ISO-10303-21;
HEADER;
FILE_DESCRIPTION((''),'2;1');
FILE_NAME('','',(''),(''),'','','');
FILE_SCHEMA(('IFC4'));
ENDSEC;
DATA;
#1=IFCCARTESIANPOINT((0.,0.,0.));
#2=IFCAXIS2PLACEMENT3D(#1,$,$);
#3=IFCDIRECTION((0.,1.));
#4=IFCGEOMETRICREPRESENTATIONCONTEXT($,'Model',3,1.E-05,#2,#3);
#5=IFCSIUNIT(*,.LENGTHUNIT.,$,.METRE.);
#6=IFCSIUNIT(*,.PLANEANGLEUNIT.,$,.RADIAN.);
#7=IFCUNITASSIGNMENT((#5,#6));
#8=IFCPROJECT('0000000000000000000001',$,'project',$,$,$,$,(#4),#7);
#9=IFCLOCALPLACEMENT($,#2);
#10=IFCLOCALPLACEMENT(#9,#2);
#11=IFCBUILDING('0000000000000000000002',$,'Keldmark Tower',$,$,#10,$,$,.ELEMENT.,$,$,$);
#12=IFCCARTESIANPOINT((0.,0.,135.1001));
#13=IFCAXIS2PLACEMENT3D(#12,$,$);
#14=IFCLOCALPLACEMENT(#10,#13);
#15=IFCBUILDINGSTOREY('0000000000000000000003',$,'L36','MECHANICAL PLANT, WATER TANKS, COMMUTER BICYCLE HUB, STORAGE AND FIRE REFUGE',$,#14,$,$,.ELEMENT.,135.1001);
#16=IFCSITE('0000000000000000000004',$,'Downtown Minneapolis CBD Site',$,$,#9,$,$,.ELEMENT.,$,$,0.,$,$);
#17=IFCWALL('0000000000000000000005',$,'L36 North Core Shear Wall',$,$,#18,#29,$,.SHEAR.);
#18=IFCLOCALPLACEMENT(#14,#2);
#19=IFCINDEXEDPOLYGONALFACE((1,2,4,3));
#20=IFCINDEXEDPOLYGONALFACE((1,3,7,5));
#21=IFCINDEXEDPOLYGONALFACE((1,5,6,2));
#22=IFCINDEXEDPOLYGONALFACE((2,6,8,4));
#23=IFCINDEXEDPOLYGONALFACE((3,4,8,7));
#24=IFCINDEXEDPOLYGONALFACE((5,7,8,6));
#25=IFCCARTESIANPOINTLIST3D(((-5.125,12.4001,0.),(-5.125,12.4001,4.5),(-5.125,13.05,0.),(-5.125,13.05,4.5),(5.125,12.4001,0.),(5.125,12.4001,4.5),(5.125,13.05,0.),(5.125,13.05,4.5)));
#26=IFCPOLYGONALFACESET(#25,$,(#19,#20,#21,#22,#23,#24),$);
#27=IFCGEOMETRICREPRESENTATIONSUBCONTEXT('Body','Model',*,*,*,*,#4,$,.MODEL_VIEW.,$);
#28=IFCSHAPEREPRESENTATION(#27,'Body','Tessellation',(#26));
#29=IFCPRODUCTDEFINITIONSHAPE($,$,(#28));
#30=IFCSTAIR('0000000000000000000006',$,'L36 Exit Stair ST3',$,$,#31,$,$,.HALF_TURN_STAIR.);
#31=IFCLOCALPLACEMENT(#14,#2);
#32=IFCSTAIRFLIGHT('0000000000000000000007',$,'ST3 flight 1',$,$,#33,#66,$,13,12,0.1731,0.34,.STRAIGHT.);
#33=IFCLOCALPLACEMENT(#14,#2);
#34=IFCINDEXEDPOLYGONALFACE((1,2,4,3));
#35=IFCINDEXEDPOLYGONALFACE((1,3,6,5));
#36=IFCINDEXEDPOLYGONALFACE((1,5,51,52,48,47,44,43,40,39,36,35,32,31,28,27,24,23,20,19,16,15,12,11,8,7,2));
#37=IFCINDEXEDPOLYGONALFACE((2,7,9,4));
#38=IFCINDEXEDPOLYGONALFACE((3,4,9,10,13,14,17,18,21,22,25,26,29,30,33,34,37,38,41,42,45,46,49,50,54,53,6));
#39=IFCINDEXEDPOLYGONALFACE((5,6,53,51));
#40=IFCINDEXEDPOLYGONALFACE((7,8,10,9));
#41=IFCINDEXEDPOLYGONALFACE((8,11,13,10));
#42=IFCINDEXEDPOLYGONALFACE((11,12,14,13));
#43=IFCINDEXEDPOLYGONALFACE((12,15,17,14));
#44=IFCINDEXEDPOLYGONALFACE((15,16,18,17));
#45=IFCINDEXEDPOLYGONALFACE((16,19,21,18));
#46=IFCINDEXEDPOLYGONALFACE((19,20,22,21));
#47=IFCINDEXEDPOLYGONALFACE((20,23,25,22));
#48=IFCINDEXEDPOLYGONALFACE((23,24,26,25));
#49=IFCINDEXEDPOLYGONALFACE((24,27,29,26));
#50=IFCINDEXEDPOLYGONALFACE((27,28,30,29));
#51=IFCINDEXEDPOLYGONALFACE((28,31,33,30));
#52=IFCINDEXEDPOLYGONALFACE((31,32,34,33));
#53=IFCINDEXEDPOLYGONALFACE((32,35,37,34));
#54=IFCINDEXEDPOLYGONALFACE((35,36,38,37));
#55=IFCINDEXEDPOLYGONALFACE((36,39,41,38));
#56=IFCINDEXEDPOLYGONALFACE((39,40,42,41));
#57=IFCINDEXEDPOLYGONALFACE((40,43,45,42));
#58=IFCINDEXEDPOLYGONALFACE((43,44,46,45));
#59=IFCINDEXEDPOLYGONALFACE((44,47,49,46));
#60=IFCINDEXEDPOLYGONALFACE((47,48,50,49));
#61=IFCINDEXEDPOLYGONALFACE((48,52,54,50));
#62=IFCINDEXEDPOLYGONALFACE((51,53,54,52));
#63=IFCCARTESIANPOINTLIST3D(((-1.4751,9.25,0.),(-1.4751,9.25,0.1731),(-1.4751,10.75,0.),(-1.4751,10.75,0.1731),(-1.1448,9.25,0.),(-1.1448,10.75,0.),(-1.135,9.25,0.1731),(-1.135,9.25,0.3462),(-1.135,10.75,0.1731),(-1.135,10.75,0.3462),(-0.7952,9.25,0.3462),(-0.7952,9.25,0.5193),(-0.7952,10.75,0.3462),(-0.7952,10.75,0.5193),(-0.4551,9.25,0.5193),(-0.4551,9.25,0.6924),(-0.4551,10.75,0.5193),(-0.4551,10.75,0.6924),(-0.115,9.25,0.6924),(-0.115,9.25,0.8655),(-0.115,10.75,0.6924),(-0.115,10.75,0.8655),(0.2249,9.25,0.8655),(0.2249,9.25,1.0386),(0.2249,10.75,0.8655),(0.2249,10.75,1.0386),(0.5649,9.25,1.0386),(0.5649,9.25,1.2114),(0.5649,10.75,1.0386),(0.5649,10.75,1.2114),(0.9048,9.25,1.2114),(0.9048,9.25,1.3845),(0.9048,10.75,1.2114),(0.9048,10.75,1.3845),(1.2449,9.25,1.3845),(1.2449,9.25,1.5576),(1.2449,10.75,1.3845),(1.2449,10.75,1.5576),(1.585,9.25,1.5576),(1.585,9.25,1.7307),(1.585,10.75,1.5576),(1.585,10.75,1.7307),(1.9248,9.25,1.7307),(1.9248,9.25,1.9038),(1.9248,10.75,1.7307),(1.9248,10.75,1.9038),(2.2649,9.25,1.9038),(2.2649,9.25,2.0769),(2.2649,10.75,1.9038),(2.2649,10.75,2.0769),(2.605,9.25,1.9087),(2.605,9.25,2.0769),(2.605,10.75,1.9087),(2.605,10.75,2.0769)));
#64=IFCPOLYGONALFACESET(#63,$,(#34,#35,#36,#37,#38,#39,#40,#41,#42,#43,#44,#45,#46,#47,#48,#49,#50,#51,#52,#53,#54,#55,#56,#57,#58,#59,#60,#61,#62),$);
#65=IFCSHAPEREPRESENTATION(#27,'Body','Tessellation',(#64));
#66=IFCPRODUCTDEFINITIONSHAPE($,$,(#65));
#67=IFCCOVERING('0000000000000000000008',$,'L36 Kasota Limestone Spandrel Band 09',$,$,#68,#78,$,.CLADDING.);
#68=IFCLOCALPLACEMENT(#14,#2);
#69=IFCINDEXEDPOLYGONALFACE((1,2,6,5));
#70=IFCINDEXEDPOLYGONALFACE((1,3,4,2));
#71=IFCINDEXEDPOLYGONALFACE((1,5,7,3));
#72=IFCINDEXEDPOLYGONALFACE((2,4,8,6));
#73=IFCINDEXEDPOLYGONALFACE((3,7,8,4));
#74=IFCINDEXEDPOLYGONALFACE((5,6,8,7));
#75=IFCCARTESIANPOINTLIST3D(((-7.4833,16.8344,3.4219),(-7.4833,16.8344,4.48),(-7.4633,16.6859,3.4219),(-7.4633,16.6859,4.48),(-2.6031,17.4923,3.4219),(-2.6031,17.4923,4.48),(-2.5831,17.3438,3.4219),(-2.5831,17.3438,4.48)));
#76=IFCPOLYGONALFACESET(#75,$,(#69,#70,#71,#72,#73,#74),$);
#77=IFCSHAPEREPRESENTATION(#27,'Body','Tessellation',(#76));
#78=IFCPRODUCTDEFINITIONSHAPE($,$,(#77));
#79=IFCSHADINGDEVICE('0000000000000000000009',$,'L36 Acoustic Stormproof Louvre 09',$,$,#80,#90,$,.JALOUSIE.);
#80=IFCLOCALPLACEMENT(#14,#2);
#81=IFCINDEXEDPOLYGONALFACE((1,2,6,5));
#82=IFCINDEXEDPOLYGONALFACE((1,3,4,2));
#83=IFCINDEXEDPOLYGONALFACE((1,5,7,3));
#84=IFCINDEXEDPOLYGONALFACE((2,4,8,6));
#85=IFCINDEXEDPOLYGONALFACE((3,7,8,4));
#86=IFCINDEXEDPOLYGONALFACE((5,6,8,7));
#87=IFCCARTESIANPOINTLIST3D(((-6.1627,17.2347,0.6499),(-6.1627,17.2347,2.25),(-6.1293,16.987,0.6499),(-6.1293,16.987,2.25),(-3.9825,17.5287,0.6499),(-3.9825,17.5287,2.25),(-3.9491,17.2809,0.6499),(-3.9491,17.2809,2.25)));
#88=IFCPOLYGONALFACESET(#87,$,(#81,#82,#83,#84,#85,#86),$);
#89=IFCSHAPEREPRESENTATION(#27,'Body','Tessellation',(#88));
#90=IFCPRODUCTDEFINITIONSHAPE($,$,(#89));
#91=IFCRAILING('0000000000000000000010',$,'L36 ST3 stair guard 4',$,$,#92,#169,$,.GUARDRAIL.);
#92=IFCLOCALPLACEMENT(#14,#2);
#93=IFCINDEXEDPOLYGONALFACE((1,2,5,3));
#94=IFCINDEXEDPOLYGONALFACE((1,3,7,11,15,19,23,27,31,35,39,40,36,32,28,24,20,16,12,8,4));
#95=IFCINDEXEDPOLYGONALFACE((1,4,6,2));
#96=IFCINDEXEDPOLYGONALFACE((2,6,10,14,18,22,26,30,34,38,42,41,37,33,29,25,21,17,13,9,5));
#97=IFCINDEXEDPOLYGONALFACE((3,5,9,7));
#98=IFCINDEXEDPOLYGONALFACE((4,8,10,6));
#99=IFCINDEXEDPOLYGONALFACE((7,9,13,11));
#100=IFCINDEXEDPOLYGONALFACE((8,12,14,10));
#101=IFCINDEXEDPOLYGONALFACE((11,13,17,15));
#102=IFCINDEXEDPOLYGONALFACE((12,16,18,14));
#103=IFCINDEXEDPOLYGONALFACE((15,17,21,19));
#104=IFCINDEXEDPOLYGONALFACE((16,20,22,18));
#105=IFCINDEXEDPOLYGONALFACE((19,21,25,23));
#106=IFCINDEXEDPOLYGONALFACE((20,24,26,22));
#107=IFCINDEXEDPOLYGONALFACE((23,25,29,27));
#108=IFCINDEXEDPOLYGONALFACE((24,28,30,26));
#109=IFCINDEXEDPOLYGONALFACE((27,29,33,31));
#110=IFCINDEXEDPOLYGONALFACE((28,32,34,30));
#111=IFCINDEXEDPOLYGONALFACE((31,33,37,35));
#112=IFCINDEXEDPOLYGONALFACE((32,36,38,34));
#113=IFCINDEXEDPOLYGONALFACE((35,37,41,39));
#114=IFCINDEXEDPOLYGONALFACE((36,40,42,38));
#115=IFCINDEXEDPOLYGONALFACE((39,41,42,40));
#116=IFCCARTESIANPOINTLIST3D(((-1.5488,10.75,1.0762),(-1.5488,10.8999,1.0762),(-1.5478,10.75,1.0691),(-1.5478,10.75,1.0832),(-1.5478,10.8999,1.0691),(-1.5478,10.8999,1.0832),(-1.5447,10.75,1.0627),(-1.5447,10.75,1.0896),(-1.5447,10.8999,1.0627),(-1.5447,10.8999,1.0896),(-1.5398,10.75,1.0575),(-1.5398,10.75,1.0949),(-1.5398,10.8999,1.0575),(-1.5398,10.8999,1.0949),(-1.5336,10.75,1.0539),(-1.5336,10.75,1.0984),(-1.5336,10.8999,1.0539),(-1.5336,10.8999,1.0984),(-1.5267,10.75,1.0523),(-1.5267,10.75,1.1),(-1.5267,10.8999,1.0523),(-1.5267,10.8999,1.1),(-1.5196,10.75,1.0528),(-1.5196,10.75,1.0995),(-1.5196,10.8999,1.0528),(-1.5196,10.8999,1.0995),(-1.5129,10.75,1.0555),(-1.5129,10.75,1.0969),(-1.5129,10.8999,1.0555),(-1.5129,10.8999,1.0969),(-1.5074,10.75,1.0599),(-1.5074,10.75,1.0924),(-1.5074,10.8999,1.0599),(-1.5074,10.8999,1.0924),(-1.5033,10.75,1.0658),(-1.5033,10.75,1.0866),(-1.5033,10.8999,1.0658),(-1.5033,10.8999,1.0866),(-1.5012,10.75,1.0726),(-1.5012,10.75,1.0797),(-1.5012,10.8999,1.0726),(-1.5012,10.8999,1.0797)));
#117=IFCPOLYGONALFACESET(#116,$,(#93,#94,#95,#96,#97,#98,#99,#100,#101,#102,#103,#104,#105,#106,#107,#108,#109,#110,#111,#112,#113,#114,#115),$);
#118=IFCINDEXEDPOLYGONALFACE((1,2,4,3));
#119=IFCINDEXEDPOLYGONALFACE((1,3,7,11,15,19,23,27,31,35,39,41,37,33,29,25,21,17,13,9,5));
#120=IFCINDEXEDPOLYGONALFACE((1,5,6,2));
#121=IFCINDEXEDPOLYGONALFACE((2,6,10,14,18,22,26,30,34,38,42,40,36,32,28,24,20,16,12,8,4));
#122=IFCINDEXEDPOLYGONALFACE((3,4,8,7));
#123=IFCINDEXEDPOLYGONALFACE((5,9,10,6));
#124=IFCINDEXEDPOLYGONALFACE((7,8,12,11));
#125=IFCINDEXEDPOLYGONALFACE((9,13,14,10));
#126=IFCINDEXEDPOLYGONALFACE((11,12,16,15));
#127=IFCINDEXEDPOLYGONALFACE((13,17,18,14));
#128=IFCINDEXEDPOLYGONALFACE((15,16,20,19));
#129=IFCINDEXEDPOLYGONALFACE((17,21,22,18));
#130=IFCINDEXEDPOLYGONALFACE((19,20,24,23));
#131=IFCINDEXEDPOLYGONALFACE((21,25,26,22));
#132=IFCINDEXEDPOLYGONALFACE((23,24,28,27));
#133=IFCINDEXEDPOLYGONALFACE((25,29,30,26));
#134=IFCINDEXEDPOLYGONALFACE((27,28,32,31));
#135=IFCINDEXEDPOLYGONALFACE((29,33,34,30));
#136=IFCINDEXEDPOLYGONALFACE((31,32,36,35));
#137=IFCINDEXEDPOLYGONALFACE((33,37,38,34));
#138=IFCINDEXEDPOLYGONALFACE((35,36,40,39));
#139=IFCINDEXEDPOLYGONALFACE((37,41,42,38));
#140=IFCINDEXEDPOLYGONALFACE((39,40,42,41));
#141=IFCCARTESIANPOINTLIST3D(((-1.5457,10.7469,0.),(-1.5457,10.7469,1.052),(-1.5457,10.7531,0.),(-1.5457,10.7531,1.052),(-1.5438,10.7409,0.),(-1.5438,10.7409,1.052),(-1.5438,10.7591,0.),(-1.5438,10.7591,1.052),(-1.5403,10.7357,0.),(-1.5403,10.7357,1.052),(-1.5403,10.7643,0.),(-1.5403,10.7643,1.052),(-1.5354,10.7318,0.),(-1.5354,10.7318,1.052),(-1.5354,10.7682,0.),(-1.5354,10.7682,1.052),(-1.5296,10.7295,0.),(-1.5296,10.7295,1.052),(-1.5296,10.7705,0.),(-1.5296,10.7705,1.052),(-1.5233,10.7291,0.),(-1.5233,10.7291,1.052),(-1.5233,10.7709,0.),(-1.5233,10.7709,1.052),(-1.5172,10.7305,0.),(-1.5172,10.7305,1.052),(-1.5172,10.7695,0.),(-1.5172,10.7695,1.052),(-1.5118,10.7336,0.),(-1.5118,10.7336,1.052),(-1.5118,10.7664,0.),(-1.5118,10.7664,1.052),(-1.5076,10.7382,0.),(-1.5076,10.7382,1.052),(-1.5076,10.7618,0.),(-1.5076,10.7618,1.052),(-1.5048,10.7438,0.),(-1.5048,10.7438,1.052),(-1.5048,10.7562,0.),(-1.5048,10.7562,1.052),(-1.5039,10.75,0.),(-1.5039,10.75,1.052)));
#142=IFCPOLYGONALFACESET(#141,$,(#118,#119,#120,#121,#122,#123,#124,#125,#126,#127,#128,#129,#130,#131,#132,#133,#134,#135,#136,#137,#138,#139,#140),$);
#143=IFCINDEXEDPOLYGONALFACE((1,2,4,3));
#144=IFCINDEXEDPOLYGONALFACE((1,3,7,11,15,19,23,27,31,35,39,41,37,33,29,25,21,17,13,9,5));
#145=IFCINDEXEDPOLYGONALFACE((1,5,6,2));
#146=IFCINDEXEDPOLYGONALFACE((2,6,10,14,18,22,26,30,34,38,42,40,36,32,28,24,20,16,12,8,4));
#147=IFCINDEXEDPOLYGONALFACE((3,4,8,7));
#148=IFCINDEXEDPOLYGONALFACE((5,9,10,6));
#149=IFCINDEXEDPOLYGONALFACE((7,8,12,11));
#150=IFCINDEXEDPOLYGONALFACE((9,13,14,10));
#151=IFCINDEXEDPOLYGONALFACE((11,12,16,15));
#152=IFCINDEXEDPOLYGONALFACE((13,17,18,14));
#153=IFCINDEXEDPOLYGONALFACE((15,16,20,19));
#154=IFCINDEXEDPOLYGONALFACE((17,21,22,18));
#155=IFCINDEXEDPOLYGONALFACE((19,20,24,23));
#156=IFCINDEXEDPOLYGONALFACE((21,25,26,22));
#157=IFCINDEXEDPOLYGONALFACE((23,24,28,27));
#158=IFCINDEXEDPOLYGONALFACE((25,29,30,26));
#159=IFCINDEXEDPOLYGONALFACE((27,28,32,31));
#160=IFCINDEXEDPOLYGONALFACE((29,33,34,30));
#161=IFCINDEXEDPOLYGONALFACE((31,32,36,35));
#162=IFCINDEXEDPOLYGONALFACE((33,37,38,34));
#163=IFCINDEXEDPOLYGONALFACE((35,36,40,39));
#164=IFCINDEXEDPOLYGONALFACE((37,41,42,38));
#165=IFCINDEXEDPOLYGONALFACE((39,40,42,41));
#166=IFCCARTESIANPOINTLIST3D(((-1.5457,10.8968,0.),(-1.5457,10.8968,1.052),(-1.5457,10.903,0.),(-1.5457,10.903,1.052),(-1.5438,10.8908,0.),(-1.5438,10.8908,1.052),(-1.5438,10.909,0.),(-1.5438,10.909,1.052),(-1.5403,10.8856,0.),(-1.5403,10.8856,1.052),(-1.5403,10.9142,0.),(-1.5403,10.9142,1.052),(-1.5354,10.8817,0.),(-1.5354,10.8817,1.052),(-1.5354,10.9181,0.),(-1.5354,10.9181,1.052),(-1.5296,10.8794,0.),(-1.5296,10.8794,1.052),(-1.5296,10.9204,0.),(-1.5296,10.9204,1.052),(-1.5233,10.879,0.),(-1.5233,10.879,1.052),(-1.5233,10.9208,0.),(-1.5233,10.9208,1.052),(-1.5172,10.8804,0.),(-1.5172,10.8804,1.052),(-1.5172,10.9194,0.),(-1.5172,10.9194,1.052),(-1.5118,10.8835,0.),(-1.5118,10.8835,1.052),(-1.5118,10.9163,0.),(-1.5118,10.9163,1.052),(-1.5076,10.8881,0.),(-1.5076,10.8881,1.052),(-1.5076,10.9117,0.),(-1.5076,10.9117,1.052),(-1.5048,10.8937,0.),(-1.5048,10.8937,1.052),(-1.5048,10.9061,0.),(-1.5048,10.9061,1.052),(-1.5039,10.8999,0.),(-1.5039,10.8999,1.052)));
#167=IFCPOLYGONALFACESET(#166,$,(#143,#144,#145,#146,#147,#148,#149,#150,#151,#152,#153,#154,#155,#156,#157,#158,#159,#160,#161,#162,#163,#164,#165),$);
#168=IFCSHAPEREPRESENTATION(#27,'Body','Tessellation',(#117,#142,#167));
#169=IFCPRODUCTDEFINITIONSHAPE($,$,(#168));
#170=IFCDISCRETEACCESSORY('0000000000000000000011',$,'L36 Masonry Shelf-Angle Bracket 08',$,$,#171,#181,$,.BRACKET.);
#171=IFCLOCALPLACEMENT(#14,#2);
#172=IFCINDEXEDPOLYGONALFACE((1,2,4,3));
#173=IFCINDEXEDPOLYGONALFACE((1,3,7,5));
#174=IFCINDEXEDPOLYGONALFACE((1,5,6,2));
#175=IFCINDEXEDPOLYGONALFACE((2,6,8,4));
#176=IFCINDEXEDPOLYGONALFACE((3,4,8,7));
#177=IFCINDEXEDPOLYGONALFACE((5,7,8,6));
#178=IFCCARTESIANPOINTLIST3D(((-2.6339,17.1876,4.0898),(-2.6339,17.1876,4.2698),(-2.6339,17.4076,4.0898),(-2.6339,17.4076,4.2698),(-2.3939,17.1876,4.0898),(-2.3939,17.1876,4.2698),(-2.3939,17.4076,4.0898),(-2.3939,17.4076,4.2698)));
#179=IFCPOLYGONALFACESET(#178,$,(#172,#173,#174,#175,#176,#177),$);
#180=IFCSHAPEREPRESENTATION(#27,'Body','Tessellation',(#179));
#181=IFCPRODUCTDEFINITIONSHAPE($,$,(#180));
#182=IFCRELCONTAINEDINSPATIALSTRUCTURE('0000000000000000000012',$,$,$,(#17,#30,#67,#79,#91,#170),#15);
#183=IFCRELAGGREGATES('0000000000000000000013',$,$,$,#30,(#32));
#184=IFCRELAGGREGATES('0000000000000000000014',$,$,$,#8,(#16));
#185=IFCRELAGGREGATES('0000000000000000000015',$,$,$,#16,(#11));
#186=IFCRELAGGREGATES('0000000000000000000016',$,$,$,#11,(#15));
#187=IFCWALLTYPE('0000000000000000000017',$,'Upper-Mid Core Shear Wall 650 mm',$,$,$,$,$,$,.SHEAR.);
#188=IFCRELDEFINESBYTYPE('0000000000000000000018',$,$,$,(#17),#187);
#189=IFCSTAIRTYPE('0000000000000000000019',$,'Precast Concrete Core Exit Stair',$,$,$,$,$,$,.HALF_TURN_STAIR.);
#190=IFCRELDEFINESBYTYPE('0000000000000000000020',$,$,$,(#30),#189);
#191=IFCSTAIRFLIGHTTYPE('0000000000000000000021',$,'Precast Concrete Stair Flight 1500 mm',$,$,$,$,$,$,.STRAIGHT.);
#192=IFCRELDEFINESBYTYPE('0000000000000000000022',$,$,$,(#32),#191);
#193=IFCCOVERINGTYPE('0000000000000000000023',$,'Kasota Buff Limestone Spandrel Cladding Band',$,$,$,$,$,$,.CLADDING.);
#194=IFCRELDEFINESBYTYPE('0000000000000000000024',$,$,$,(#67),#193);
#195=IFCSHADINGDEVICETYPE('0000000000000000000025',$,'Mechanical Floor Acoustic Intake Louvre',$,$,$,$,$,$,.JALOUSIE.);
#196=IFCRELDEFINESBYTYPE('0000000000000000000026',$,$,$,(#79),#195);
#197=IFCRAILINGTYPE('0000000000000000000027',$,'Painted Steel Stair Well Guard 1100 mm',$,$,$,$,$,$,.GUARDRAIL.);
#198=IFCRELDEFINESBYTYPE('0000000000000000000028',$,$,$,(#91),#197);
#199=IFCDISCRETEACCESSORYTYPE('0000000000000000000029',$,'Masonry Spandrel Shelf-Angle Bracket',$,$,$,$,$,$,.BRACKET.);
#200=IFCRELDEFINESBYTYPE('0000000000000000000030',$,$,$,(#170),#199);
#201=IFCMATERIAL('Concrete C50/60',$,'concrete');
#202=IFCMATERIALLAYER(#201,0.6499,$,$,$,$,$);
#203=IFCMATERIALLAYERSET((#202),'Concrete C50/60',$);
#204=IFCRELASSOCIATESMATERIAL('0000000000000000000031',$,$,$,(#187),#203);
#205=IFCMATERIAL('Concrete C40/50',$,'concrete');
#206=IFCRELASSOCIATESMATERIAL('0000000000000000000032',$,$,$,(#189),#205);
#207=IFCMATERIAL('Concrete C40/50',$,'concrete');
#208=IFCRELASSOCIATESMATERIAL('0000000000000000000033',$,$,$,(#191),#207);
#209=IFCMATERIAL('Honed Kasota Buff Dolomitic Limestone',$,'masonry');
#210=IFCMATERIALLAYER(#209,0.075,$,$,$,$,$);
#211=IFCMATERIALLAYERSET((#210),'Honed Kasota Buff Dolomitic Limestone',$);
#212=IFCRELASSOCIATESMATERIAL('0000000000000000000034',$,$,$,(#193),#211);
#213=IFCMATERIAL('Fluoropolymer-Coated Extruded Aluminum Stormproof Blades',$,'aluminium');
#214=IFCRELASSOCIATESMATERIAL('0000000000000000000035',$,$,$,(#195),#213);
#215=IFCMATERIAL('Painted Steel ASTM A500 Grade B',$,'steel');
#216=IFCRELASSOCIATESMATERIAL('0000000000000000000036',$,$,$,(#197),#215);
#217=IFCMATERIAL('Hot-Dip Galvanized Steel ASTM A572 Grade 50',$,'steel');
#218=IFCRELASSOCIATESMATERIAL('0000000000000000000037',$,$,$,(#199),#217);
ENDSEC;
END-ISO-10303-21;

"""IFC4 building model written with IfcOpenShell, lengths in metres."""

from ifc_helpers import new_model, si_unit, direction, frame, frame_2d, origin, origin_2d, place, context, subcontext, project, spatial, polyline, rectangle, circle, outline, extrude, material, layer, layer_set, type_object, element, aggregate, save


model = new_model("IFC4")

# Units and contexts
model_context = context("Model", 3, precision=1e-05, world=origin(), true_north=direction((0.0, 1.0)))
body_context = subcontext(model_context, "Body", "Model", "MODEL_VIEW")
ifc_project = project(units=[si_unit("LENGTHUNIT", "METRE"), si_unit("PLANEANGLEUNIT", "RADIAN")], contexts=[model_context])

# Site, building, storey
site_placement = place(None, origin())
site = spatial("IfcSite", under=ifc_project, at=site_placement, Name="Downtown Minneapolis CBD Site", CompositionType="ELEMENT", RefElevation=0.0)
building_placement = place(site_placement, origin())
building = spatial("IfcBuilding", under=site, at=building_placement, Name="Keldmark Tower", CompositionType="ELEMENT")
storey_placement = place(building_placement, frame((0.0, 0.0, 135.1001)))
storey = spatial("IfcBuildingStorey", under=building, at=storey_placement, Name="L36", Description="MECHANICAL PLANT, WATER TANKS, COMMUTER BICYCLE HUB, STORAGE AND FIRE REFUGE", CompositionType="ELEMENT", Elevation=135.1001)

# Wall
ifc_material_1 = material(Name="Concrete C50/60", Category="concrete")
ifc_layer_1 = layer(ifc_material_1, 0.6499)
ifc_layer_set_1 = layer_set([ifc_layer_1], Name="Concrete C50/60")
wall_type_1 = type_object("IfcWallType", Name="Upper-Mid Core Shear Wall 650 mm", PredefinedType="SHEAR", material=ifc_layer_set_1)
wall_1_placement = place(storey_placement, frame((-5.125, 12.7251, 0.0), z_axis=(0.0, 0.0, 1.0), x_axis=(1.0, 0.0, 0.0)))
element("IfcWall", 1, at=wall_1_placement, inside=storey, type_object=wall_type_1, Name="L36 North Core Shear Wall", PredefinedType="SHEAR", context=body_context, shape_type="SweptSolid", body=[
    extrude(rectangle(XDim=10.25, YDim=0.6499, at=frame_2d((5.125, 0.0))), origin(), (0.0, 0.0, 1.0), 4.5),
])

# Stair, stair flight
ifc_material_2 = material(Name="Concrete C40/50", Category="concrete")
stair_type = type_object("IfcStairType", Name="Precast Concrete Core Exit Stair", PredefinedType="HALF_TURN_STAIR", material=ifc_material_2)
stair_placement = place(storey_placement, origin())
stair = element("IfcStair", 2, at=stair_placement, inside=storey, type_object=stair_type, Name="L36 Exit Stair ST3", PredefinedType="HALF_TURN_STAIR")
ifc_material_3 = material(Name="Concrete C40/50", Category="concrete")
stair_flight_type = type_object("IfcStairFlightType", Name="Precast Concrete Stair Flight 1500 mm", PredefinedType="STRAIGHT", material=ifc_material_3)
stair_flight_placement = place(storey_placement, frame((-1.4751, 10.0, 0.0), z_axis=(0.0, 0.0, 1.0), x_axis=(1.0, 0.0, 0.0)))
stair_flight = element("IfcStairFlight", 3, at=stair_flight_placement, type_object=stair_flight_type, Name="ST3 flight 1", NumberOfRisers=13, NumberOfTreads=12, PredefinedType="STRAIGHT", RiserHeight=0.1731, TreadLength=0.34, context=body_context, shape_type="SweptSolid", body=[
    extrude(outline(polyline([(0.0, 0.0), (0.0, 0.1731), (0.3401, 0.1731), (0.3401, 0.3462), (0.6799, 0.3462), (0.6799, 0.5193), (1.02, 0.5193), (1.02, 0.6924), (1.3601, 0.6924), (1.3601, 0.8655), (1.7, 0.8655), (1.7, 1.0386), (2.04, 1.0386), (2.04, 1.2114), (2.3799, 1.2114), (2.3799, 1.3845), (2.72, 1.3845), (2.72, 1.5576), (3.0601, 1.5576), (3.0601, 1.7307), (3.3999, 1.7307), (3.3999, 1.9038), (3.74, 1.9038), (3.74, 2.0769), (4.0801, 2.0769), (4.0801, 2.25), (4.0801, 1.9087), (0.3303, 0.0), (0.0, 0.0)])), frame((0.0, 0.75, 0.0), z_axis=(0.0, -1.0, 0.0), x_axis=(1.0, 0.0, 0.0)), (0.0, 0.0, 1.0), 1.5),
])
aggregate(stair, [stair_flight])

# Covering
ifc_material_4 = material(Name="Honed Kasota Buff Dolomitic Limestone", Category="masonry")
ifc_layer_2 = layer(ifc_material_4, 0.075)
ifc_layer_set_2 = layer_set([ifc_layer_2], Name="Honed Kasota Buff Dolomitic Limestone")
covering_type = type_object("IfcCoveringType", Name="Kasota Buff Limestone Spandrel Cladding Band", PredefinedType="CLADDING", material=ifc_layer_set_2)
covering_placement = place(storey_placement, frame((-5.0332, 17.0891, 3.4219), z_axis=(0.0, 0.0, 1.0), x_axis=(-0.991035, -0.133606, 0.0)))
element("IfcCovering", 4, at=covering_placement, inside=storey, type_object=covering_type, Name="L36 Kasota Limestone Spandrel Band 09", PredefinedType="CLADDING", context=body_context, shape_type="SweptSolid", body=[
    extrude(rectangle(XDim=4.9243, YDim=0.1499, at=origin_2d()), origin(), (0.0, 0.0, 1.0), 1.0581),
])

# Shading device
ifc_material_5 = material(Name="Fluoropolymer-Coated Extruded Aluminum Stormproof Blades", Category="aluminium")
shading_device_type = type_object("IfcShadingDeviceType", Name="Mechanical Floor Acoustic Intake Louvre", PredefinedType="JALOUSIE", material=ifc_material_5)
shading_device_placement = place(storey_placement, frame((-5.0559, 17.2578, 0.6499), z_axis=(0.0, 0.0, 1.0), x_axis=(-0.991035, -0.133606, 0.0)))
element("IfcShadingDevice", 5, at=shading_device_placement, inside=storey, type_object=shading_device_type, Name="L36 Acoustic Stormproof Louvre 09", PredefinedType="JALOUSIE", context=body_context, shape_type="SweptSolid", body=[
    extrude(rectangle(XDim=2.2, YDim=0.25, at=origin_2d()), origin(), (0.0, 0.0, 1.0), 1.6001),
])

# Railing
ifc_material_6 = material(Name="Painted Steel ASTM A500 Grade B", Category="steel")
railing_type = type_object("IfcRailingType", Name="Painted Steel Stair Well Guard 1100 mm", PredefinedType="GUARDRAIL", material=ifc_material_6)
railing_placement = place(storey_placement, frame((-1.5249, 10.75, 0.0)))
element("IfcRailing", 6, at=railing_placement, inside=storey, type_object=railing_type, Name="L36 ST3 stair guard 4", PredefinedType="GUARDRAIL", context=body_context, shape_type="SweptSolid", body=[
    extrude(circle(Radius=0.0239, at=origin_2d()), frame((0.0, 0.0, 1.0762), z_axis=(0.0, 1.0, 0.0), x_axis=(-1.0, 0.0, 0.0)), (0.0, 0.0, 1.0), 0.1499),
    extrude(circle(Radius=0.021, at=origin_2d()), origin(), (0.0, 0.0, 1.0), 1.052),
    extrude(circle(Radius=0.021, at=origin_2d()), frame((0.0, 0.1499, 0.0)), (0.0, 0.0, 1.0), 1.052),
])

# Discrete accessory
ifc_material_7 = material(Name="Hot-Dip Galvanized Steel ASTM A572 Grade 50", Category="steel")
discrete_accessory_type = type_object("IfcDiscreteAccessoryType", Name="Masonry Spandrel Shelf-Angle Bracket", PredefinedType="BRACKET", material=ifc_material_7)
discrete_accessory_placement = place(storey_placement, frame((-2.5139, 17.2976, 4.0898), z_axis=(0.0, 0.0, 1.0), x_axis=(1.0, 0.0, 0.0)))
element("IfcDiscreteAccessory", 7, at=discrete_accessory_placement, inside=storey, type_object=discrete_accessory_type, Name="L36 Masonry Shelf-Angle Bracket 08", PredefinedType="BRACKET", context=body_context, shape_type="SweptSolid", body=[
    extrude(rectangle(XDim=0.24, YDim=0.22, at=origin_2d()), origin(), (0.0, 0.0, 1.0), 0.1799),
])

save(model, "model.ifc")
